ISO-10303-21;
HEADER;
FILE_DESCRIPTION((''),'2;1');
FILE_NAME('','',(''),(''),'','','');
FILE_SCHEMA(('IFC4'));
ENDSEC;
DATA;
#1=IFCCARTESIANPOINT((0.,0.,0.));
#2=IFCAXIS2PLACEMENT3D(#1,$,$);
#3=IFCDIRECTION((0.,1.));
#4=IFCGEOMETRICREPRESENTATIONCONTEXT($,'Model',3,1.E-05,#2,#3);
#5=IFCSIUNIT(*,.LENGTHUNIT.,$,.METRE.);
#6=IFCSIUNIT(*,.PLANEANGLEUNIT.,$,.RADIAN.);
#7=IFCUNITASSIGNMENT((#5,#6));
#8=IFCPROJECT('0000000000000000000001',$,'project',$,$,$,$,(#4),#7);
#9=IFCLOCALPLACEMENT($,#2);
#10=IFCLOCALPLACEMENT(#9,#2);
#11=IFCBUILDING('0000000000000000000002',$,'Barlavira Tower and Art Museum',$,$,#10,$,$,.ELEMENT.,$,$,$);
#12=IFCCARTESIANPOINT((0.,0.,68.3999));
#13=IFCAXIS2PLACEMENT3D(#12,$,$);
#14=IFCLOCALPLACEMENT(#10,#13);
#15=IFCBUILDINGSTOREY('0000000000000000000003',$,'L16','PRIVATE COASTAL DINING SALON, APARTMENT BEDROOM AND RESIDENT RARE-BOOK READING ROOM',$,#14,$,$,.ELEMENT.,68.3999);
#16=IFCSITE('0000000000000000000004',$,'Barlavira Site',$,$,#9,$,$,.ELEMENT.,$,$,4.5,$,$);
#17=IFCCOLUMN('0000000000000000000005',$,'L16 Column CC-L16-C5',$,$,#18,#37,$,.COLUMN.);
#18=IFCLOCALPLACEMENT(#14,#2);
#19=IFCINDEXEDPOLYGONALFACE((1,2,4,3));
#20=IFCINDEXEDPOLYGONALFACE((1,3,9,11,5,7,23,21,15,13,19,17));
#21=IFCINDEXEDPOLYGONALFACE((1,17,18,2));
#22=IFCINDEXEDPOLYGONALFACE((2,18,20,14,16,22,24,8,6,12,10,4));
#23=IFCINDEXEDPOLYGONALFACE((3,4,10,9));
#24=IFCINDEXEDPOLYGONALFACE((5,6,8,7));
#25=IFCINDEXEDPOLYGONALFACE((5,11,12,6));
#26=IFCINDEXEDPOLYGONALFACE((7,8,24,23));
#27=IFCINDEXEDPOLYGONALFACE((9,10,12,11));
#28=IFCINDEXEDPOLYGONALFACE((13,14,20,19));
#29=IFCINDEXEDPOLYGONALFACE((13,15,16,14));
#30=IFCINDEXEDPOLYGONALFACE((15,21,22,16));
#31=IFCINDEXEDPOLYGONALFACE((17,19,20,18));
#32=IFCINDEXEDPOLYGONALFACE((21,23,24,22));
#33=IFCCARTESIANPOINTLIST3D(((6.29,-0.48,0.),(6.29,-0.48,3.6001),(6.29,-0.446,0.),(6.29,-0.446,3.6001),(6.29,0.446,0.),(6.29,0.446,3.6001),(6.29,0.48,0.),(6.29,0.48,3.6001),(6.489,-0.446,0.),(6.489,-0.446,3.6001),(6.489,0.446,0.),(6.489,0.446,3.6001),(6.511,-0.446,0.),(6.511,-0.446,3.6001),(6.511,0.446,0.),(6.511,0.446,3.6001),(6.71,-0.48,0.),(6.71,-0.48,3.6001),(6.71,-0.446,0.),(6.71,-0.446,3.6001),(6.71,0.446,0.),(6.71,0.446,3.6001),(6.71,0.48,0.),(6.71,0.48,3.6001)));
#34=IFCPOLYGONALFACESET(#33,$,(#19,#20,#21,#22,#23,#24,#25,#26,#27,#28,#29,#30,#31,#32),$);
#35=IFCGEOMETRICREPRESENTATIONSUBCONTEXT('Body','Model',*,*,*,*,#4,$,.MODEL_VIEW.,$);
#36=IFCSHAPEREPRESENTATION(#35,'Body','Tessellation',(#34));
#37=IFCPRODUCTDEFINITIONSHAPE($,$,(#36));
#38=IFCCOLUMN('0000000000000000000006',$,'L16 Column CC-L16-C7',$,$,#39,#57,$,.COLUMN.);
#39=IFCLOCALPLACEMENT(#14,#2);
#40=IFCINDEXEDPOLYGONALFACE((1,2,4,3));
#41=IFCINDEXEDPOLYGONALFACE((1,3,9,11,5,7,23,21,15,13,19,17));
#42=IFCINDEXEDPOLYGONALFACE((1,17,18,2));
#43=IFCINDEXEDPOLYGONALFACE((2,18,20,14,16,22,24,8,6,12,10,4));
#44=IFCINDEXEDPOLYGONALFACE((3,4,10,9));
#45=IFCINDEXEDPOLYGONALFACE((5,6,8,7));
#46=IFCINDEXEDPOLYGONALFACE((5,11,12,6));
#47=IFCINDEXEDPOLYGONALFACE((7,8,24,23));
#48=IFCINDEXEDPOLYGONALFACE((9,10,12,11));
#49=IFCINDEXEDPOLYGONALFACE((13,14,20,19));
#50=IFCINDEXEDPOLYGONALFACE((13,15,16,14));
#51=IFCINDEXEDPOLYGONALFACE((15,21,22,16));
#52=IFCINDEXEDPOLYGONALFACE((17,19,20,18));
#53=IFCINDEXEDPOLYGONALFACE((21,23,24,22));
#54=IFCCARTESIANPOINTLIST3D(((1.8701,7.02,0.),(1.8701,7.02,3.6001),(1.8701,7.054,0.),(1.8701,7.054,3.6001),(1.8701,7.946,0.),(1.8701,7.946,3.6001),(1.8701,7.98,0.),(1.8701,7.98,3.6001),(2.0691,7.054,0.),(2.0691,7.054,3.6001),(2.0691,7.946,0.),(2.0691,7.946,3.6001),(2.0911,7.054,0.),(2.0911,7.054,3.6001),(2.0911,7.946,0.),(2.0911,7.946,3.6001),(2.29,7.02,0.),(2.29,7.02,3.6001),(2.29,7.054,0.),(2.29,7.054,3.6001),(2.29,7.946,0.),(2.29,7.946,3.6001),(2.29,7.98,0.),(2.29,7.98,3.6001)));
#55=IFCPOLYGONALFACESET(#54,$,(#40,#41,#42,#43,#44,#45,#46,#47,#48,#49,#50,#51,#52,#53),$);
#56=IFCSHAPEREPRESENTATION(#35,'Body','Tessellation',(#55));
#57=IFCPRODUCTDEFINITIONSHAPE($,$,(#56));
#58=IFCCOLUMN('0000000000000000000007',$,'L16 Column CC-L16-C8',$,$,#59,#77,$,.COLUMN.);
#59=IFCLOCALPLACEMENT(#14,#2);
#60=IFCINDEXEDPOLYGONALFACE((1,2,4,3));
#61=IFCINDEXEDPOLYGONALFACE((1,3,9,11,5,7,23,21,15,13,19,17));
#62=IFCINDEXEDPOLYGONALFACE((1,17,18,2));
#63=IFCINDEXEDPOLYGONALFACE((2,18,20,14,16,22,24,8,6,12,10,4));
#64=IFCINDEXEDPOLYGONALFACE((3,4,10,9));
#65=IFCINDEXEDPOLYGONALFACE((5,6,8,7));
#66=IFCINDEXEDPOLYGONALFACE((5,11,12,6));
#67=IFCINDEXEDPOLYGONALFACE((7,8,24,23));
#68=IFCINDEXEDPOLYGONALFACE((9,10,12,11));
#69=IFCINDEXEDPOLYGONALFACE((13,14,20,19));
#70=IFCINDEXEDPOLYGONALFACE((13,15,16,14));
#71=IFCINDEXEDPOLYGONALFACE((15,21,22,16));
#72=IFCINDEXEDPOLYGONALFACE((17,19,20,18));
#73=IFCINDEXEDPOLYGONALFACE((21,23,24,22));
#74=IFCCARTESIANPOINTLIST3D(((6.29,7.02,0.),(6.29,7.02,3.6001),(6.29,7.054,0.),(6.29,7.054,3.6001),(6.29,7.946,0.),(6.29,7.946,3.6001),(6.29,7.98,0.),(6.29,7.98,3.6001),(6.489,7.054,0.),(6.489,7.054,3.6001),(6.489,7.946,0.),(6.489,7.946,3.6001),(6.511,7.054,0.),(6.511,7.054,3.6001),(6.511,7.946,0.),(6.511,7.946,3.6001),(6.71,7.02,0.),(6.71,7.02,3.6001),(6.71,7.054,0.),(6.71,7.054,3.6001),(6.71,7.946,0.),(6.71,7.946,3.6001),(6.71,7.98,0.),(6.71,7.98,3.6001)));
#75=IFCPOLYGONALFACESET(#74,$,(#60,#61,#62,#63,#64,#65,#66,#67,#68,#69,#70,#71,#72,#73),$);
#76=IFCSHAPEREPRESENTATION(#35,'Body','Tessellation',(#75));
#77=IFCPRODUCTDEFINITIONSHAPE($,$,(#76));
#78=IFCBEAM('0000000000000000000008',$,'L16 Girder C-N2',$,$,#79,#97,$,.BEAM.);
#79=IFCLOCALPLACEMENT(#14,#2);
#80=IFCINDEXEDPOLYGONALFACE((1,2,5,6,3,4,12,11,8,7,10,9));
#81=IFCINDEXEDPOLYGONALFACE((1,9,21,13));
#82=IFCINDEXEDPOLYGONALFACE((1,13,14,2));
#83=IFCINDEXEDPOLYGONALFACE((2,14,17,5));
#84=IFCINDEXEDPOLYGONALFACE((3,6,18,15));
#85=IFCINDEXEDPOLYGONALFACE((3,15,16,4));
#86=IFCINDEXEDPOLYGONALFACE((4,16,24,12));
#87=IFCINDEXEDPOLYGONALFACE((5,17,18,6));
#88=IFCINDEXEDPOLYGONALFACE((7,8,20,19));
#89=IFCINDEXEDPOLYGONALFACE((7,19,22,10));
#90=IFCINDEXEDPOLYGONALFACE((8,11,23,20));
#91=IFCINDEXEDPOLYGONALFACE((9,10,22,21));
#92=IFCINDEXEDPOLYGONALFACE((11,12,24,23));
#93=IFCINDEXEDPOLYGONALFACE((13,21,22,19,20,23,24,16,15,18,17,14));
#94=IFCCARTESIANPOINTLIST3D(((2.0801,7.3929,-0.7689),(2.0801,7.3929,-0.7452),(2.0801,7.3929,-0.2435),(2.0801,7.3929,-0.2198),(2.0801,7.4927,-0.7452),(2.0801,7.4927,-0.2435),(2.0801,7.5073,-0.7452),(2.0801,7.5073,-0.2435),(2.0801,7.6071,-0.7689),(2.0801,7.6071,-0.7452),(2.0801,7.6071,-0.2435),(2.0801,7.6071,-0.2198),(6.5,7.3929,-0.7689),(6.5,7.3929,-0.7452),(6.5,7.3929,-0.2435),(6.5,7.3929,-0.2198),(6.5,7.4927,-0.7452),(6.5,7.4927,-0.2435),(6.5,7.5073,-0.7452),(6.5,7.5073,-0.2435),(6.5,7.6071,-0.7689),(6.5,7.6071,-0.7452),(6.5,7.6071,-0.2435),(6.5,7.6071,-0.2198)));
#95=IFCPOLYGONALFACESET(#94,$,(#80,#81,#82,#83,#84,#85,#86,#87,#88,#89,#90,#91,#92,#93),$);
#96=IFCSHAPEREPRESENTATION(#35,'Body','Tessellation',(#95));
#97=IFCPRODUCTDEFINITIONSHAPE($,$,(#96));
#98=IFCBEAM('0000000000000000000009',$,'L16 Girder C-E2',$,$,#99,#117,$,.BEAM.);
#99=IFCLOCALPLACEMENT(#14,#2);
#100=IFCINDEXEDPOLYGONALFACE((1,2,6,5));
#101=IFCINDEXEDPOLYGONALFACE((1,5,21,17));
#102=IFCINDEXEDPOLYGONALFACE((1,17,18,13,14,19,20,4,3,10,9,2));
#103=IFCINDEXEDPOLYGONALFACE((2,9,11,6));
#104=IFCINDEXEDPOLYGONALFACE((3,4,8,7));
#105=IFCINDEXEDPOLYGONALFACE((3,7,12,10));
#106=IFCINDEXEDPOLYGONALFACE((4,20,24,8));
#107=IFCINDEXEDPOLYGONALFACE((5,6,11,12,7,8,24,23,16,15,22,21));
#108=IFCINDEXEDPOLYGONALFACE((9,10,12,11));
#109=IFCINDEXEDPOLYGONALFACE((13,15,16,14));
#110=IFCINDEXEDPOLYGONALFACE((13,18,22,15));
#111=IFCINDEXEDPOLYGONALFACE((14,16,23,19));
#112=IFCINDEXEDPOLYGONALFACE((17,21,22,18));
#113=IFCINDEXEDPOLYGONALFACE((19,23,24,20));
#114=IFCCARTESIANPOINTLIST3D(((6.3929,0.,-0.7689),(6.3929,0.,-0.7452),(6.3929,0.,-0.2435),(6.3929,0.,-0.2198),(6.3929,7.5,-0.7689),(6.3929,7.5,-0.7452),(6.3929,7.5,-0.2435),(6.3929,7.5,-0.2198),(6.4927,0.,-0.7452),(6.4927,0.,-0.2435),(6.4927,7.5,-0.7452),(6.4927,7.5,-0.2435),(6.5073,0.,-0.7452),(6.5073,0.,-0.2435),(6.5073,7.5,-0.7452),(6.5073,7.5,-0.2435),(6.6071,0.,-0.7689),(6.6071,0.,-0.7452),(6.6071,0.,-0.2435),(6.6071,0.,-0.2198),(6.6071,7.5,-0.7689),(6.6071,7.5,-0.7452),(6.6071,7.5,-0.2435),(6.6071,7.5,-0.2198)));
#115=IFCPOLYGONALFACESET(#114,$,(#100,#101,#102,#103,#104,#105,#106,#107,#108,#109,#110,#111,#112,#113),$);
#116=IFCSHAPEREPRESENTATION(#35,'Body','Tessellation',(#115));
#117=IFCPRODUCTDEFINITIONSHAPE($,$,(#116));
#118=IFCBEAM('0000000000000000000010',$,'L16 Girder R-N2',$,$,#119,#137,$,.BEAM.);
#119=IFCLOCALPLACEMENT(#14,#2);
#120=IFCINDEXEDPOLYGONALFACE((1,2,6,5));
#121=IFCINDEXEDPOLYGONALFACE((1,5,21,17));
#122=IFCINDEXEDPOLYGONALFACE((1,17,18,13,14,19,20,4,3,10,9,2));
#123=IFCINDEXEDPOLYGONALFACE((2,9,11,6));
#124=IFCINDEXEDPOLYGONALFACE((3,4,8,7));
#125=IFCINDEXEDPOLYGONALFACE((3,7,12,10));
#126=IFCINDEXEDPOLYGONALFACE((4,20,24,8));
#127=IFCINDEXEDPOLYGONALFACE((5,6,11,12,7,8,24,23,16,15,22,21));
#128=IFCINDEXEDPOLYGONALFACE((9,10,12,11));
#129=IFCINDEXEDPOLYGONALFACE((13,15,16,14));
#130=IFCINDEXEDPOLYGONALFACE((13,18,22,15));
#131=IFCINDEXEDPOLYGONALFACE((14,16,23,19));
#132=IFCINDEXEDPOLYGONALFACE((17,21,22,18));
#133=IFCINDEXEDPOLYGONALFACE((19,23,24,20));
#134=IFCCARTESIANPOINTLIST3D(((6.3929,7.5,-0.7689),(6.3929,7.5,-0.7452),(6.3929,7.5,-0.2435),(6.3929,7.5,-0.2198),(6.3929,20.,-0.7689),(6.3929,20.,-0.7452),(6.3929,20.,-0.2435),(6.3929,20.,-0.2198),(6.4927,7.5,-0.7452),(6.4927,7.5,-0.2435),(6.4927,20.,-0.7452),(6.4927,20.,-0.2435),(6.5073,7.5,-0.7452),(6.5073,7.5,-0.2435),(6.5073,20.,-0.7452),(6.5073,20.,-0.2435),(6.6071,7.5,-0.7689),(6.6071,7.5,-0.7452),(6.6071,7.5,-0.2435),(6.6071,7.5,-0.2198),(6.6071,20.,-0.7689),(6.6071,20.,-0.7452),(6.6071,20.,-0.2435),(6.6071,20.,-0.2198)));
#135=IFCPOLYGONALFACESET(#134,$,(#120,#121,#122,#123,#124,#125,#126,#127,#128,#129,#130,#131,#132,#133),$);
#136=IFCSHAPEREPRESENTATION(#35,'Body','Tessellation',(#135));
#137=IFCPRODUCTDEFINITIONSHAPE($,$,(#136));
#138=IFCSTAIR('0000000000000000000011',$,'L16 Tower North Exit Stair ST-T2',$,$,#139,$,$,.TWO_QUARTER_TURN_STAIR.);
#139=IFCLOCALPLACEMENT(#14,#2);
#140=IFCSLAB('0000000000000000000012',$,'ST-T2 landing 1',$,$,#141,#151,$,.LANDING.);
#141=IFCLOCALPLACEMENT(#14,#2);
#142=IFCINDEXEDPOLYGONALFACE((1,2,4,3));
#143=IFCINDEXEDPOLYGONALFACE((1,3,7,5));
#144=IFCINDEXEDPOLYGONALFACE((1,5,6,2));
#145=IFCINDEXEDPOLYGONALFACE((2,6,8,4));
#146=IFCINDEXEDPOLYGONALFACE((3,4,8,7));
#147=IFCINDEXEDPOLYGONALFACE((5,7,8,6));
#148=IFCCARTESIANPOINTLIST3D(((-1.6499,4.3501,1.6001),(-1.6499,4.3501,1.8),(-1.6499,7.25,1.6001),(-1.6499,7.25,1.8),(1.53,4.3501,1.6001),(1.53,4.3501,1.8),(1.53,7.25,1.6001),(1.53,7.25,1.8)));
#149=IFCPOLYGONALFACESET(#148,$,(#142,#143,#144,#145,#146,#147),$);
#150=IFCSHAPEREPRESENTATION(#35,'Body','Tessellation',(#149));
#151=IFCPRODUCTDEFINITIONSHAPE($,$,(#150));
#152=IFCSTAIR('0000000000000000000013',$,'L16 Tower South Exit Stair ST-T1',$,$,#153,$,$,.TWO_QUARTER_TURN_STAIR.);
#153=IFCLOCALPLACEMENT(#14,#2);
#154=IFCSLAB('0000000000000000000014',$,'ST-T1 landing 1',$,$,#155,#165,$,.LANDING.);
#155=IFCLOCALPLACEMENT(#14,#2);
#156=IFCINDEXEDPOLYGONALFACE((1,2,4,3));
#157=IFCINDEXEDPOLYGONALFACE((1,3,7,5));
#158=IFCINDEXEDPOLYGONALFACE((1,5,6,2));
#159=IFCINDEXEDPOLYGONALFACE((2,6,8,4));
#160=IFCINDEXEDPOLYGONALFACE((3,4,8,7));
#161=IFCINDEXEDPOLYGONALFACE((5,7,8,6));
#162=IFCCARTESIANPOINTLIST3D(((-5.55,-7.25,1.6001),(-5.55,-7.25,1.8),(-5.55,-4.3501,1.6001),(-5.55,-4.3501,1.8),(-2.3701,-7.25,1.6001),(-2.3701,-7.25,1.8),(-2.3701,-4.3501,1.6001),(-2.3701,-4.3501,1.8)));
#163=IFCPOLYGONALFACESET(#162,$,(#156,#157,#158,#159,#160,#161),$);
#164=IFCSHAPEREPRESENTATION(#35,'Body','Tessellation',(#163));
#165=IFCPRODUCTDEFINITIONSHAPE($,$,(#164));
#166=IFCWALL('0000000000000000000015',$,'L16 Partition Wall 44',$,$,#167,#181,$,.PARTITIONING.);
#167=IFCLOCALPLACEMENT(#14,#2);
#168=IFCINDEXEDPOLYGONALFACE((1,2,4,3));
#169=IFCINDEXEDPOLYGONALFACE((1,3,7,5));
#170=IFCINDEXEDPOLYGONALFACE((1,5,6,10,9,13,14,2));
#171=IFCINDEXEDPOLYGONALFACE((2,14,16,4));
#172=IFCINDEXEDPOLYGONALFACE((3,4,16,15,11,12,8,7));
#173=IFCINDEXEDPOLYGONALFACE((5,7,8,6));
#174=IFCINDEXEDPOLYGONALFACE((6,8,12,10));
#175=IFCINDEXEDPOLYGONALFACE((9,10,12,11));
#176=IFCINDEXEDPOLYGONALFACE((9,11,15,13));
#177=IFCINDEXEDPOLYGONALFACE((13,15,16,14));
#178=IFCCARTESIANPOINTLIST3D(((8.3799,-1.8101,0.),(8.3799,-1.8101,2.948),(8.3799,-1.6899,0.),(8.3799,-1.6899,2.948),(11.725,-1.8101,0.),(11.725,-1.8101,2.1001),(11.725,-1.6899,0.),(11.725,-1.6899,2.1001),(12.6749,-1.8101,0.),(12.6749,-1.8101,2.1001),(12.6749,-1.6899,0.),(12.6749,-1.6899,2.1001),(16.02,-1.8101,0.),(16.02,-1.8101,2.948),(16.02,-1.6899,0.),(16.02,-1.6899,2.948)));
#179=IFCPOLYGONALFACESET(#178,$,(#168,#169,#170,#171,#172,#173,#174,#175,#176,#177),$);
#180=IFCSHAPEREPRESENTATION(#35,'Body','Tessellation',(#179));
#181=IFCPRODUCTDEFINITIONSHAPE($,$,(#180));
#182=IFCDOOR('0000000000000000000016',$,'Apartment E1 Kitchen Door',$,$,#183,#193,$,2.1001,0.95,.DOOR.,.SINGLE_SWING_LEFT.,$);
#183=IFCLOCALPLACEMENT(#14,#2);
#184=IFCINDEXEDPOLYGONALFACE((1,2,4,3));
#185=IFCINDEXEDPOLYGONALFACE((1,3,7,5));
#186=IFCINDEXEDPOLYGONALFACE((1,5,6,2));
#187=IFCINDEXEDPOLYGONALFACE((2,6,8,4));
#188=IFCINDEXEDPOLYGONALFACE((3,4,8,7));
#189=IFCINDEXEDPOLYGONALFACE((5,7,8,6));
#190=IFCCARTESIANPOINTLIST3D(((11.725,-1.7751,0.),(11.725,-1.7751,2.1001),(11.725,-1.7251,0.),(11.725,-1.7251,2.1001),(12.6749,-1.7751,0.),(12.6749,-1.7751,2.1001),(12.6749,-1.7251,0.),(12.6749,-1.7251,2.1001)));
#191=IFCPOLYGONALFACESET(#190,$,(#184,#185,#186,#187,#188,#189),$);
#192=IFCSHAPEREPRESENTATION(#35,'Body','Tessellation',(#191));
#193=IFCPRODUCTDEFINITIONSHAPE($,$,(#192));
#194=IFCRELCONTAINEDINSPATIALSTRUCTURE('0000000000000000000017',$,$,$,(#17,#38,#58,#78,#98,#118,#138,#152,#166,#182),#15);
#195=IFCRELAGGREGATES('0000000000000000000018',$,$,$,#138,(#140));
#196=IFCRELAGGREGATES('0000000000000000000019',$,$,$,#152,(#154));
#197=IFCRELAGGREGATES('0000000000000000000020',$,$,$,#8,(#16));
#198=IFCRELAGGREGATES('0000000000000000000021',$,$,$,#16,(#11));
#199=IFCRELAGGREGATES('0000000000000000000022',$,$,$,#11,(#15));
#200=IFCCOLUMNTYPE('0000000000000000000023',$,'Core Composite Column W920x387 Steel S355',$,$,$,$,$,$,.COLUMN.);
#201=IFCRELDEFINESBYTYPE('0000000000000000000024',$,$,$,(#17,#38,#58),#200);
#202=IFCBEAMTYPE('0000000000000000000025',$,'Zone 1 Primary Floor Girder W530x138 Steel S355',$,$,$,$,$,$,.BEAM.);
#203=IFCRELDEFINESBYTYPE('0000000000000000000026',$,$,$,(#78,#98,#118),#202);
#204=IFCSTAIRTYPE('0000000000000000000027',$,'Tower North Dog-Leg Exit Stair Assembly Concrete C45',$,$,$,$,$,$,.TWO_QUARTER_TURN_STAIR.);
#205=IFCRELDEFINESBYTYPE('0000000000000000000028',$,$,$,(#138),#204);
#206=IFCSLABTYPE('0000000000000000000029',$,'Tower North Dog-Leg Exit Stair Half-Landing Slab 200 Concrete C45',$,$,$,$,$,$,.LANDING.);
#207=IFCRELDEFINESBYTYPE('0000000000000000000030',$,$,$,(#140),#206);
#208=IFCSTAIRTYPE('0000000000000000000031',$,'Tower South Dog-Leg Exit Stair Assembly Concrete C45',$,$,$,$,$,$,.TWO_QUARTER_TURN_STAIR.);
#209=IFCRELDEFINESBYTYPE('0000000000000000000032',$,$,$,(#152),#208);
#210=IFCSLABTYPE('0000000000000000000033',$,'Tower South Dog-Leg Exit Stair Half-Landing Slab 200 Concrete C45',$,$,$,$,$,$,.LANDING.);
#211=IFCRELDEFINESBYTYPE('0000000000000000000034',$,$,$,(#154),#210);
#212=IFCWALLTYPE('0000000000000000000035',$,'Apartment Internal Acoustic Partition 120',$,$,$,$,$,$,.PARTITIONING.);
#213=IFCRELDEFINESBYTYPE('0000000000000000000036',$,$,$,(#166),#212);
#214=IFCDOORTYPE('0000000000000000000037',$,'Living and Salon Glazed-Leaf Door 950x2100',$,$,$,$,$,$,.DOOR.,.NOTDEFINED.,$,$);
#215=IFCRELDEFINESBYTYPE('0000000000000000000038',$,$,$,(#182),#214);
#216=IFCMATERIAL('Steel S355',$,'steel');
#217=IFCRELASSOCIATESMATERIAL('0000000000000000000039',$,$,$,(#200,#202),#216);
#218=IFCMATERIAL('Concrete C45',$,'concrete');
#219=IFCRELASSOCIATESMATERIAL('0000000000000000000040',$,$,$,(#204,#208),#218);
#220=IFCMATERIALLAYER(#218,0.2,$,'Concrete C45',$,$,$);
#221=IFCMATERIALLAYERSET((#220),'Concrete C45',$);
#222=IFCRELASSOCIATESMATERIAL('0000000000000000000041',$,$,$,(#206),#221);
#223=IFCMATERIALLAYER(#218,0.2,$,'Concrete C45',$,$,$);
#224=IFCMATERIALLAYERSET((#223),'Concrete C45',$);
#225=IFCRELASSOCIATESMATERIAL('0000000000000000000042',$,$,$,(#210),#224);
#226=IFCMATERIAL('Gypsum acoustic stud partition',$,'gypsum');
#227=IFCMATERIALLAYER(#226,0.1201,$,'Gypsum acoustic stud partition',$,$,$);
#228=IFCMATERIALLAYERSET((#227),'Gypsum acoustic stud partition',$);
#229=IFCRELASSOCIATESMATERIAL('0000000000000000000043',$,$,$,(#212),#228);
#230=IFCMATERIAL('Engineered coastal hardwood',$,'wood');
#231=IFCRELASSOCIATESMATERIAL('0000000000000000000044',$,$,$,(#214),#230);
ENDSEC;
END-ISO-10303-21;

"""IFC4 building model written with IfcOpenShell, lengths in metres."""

from ifc_helpers import new_model, si_unit, direction, frame, frame_2d, origin, origin_2d, place, context, subcontext, project, spatial, polyline, rectangle, i_section, outline, extrude, material, layer, layer_set, material_profile, profile_set, type_object, element, fill, aggregate, save


model = new_model("IFC4")

# Units and contexts
model_context = context("Model", 3, precision=1e-05, world=origin(), true_north=direction((0.0, 1.0)))
body_context = subcontext(model_context, "Body", "Model", "MODEL_VIEW")
ifc_project = project(units=[si_unit("LENGTHUNIT", "METRE"), si_unit("PLANEANGLEUNIT", "RADIAN")], contexts=[model_context])

# Site, building, storey
site_placement = place(None, origin())
site = spatial("IfcSite", under=ifc_project, at=site_placement, Name="Barlavira Site", CompositionType="ELEMENT", RefElevation=4.5)
building_placement = place(site_placement, origin())
building = spatial("IfcBuilding", under=site, at=building_placement, Name="Barlavira Tower and Art Museum", CompositionType="ELEMENT")
storey_placement = place(building_placement, frame((0.0, 0.0, 68.3999)))
storey = spatial("IfcBuildingStorey", under=building, at=storey_placement, Name="L16", Description="PRIVATE COASTAL DINING SALON, APARTMENT BEDROOM AND RESIDENT RARE-BOOK READING ROOM", CompositionType="ELEMENT", Elevation=68.3999)

# Columns
ifc_material_1 = material(Name="Steel S355", Category="steel")
ifc_material_profile_1 = material_profile(ifc_material_1, i_section(OverallWidth=0.4199, OverallDepth=0.96, WebThickness=0.022, FlangeThickness=0.0339, at=origin_2d()), Name="W920x387.0")
ifc_profile_set_1 = profile_set([ifc_material_profile_1], Name="Steel S355")
column_type = type_object("IfcColumnType", Name="Core Composite Column W920x387 Steel S355", PredefinedType="COLUMN", material=ifc_profile_set_1)
for number, where, z_axis, x_axis, name in (
    (1, (6.5, 0.0, 0.0), (0.0, 0.0, 1.0), (1.0, 0.0, 0.0), "L16 Column CC-L16-C5"),
    (2, (2.0801, 7.5, 0.0), (0.0, 0.0, 1.0), (1.0, 0.0, 0.0), "L16 Column CC-L16-C7"),
    (3, (6.5, 7.5, 0.0), (0.0, 0.0, 1.0), (1.0, 0.0, 0.0), "L16 Column CC-L16-C8"),
):
    element("IfcColumn", number, at=place(storey_placement, frame(where, z_axis=z_axis, x_axis=x_axis)), inside=storey, type_object=column_type, Name=name, PredefinedType="COLUMN", context=body_context, shape_type="SweptSolid", body=[
        extrude(i_section(OverallWidth=0.4199, OverallDepth=0.96, WebThickness=0.022, FlangeThickness=0.0339, at=origin_2d()), origin(), (0.0, 0.0, 1.0), 3.6001),
    ])

# Beams
ifc_material_profile_2 = material_profile(ifc_material_1, i_section(OverallWidth=0.2141, OverallDepth=0.5491, WebThickness=0.0146, FlangeThickness=0.0237, at=origin_2d()), Name="W530x138.0")
ifc_profile_set_2 = profile_set([ifc_material_profile_2], Name="Steel S355")
beam_type = type_object("IfcBeamType", Name="Zone 1 Primary Floor Girder W530x138 Steel S355", PredefinedType="BEAM", material=ifc_profile_set_2)
beam_1_placement = place(storey_placement, frame((2.0801, 7.5, -0.4944), z_axis=(1.0, 0.0, 0.0), x_axis=(0.0, 1.0, 0.0)))
element("IfcBeam", 4, at=beam_1_placement, inside=storey, type_object=beam_type, Name="L16 Girder C-N2", PredefinedType="BEAM", context=body_context, shape_type="SweptSolid", body=[
    extrude(i_section(OverallWidth=0.2141, OverallDepth=0.5491, WebThickness=0.0146, FlangeThickness=0.0237, at=origin_2d()), origin(), (0.0, 0.0, 1.0), 4.4199),
])
beam_2_placement = place(storey_placement, frame((6.5, 0.0, -0.4944), z_axis=(0.0, 1.0, 0.0), x_axis=(-1.0, 0.0, 0.0)))
element("IfcBeam", 5, at=beam_2_placement, inside=storey, type_object=beam_type, Name="L16 Girder C-E2", PredefinedType="BEAM", context=body_context, shape_type="SweptSolid", body=[
    extrude(i_section(OverallWidth=0.2141, OverallDepth=0.5491, WebThickness=0.0146, FlangeThickness=0.0237, at=origin_2d()), origin(), (0.0, 0.0, 1.0), 7.5),
])
beam_3_placement = place(storey_placement, frame((6.5, 7.5, -0.4944), z_axis=(0.0, 1.0, 0.0), x_axis=(-1.0, 0.0, 0.0)))
element("IfcBeam", 6, at=beam_3_placement, inside=storey, type_object=beam_type, Name="L16 Girder R-N2", PredefinedType="BEAM", context=body_context, shape_type="SweptSolid", body=[
    extrude(i_section(OverallWidth=0.2141, OverallDepth=0.5491, WebThickness=0.0146, FlangeThickness=0.0237, at=origin_2d()), origin(), (0.0, 0.0, 1.0), 12.5),
])

# Stairs, slabs
ifc_material_2 = material(Name="Concrete C45", Category="concrete")
stair_type_1 = type_object("IfcStairType", Name="Tower North Dog-Leg Exit Stair Assembly Concrete C45", PredefinedType="TWO_QUARTER_TURN_STAIR", material=ifc_material_2)
stair_1_placement = place(storey_placement, origin())
stair_1 = element("IfcStair", 7, at=stair_1_placement, inside=storey, type_object=stair_type_1, Name="L16 Tower North Exit Stair ST-T2", PredefinedType="TWO_QUARTER_TURN_STAIR")
ifc_layer_1 = layer(ifc_material_2, 0.2, Name="Concrete C45")
ifc_layer_set_1 = layer_set([ifc_layer_1], Name="Concrete C45")
slab_type_1 = type_object("IfcSlabType", Name="Tower North Dog-Leg Exit Stair Half-Landing Slab 200 Concrete C45", PredefinedType="LANDING", material=ifc_layer_set_1)
slab_1_placement = place(storey_placement, frame((0.0, 0.0, 1.6001)))
slab_1 = element("IfcSlab", 8, at=slab_1_placement, type_object=slab_type_1, Name="ST-T2 landing 1", PredefinedType="LANDING", context=body_context, shape_type="SweptSolid", body=[
    extrude(outline(polyline([(-1.6499, 4.3501), (1.53, 4.3501), (1.53, 7.25), (-1.6499, 7.25), (-1.6499, 4.3501)])), origin(), (0.0, 0.0, 1.0), 0.2),
])
aggregate(stair_1, [slab_1])
stair_type_2 = type_object("IfcStairType", Name="Tower South Dog-Leg Exit Stair Assembly Concrete C45", PredefinedType="TWO_QUARTER_TURN_STAIR", material=ifc_material_2)
stair_2_placement = place(storey_placement, origin())
stair_2 = element("IfcStair", 9, at=stair_2_placement, inside=storey, type_object=stair_type_2, Name="L16 Tower South Exit Stair ST-T1", PredefinedType="TWO_QUARTER_TURN_STAIR")
ifc_layer_2 = layer(ifc_material_2, 0.2, Name="Concrete C45")
ifc_layer_set_2 = layer_set([ifc_layer_2], Name="Concrete C45")
slab_type_2 = type_object("IfcSlabType", Name="Tower South Dog-Leg Exit Stair Half-Landing Slab 200 Concrete C45", PredefinedType="LANDING", material=ifc_layer_set_2)
slab_2_placement = place(storey_placement, frame((0.0, 0.0, 1.6001)))
slab_2 = element("IfcSlab", 10, at=slab_2_placement, type_object=slab_type_2, Name="ST-T1 landing 1", PredefinedType="LANDING", context=body_context, shape_type="SweptSolid", body=[
    extrude(outline(polyline([(-2.3701, -4.3501), (-5.55, -4.3501), (-5.55, -7.25), (-2.3701, -7.25), (-2.3701, -4.3501)])), origin(), (0.0, 0.0, 1.0), 0.2),
])
aggregate(stair_2, [slab_2])

# Wall, opening, door
ifc_material_3 = material(Name="Gypsum acoustic stud partition", Category="gypsum")
ifc_layer_3 = layer(ifc_material_3, 0.1201, Name="Gypsum acoustic stud partition")
ifc_layer_set_3 = layer_set([ifc_layer_3], Name="Gypsum acoustic stud partition")
wall_type_1 = type_object("IfcWallType", Name="Apartment Internal Acoustic Partition 120", PredefinedType="PARTITIONING", material=ifc_layer_set_3)
wall_1_placement = place(storey_placement, frame((8.3799, -1.75, 0.0), z_axis=(0.0, 0.0, 1.0), x_axis=(1.0, 0.0, 0.0)))
wall_1 = element("IfcWall", 11, at=wall_1_placement, inside=storey, type_object=wall_type_1, Name="L16 Partition Wall 44", PredefinedType="PARTITIONING", context=body_context, shape_type="SweptSolid", body=[
    extrude(rectangle(XDim=7.6401, YDim=0.1201, at=frame_2d((3.8201, 0.0))), origin(), (0.0, 0.0, 1.0), 2.948),
])
opening_1_placement = place(wall_1_placement, frame((3.345, 0.0, 0.0)))
opening_1 = element("IfcOpeningElement", 12, at=opening_1_placement, cuts=wall_1, PredefinedType="OPENING", context=body_context, shape_type="SweptSolid", body=[
    extrude(rectangle(XDim=0.95, YDim=2.1001, at=frame_2d((0.4751, 1.05))), frame((0.0, 0.0701, 0.0), z_axis=(0.0, -1.0, 0.0), x_axis=(1.0, 0.0, 0.0)), (0.0, 0.0, 1.0), 0.1401),
])
ifc_material_4 = material(Name="Engineered coastal hardwood", Category="wood")
door_type_1 = type_object("IfcDoorType", Name="Living and Salon Glazed-Leaf Door 950x2100", OperationType="NOTDEFINED", PredefinedType="DOOR", material=ifc_material_4)
door_1_placement = place(opening_1_placement, origin())
door_1 = element("IfcDoor", 13, at=door_1_placement, inside=storey, type_object=door_type_1, Name="Apartment E1 Kitchen Door", OperationType="SINGLE_SWING_LEFT", OverallHeight=2.1001, OverallWidth=0.95, PredefinedType="DOOR", context=body_context, shape_type="SweptSolid", body=[
    extrude(rectangle(XDim=0.95, YDim=2.1001, at=frame_2d((0.4751, 1.05))), frame((0.0, 0.0249, 0.0), z_axis=(0.0, -1.0, 0.0), x_axis=(1.0, 0.0, 0.0)), (0.0, 0.0, 1.0), 0.05),
])
fill(opening_1, door_1)

save(model, "model.ifc")
